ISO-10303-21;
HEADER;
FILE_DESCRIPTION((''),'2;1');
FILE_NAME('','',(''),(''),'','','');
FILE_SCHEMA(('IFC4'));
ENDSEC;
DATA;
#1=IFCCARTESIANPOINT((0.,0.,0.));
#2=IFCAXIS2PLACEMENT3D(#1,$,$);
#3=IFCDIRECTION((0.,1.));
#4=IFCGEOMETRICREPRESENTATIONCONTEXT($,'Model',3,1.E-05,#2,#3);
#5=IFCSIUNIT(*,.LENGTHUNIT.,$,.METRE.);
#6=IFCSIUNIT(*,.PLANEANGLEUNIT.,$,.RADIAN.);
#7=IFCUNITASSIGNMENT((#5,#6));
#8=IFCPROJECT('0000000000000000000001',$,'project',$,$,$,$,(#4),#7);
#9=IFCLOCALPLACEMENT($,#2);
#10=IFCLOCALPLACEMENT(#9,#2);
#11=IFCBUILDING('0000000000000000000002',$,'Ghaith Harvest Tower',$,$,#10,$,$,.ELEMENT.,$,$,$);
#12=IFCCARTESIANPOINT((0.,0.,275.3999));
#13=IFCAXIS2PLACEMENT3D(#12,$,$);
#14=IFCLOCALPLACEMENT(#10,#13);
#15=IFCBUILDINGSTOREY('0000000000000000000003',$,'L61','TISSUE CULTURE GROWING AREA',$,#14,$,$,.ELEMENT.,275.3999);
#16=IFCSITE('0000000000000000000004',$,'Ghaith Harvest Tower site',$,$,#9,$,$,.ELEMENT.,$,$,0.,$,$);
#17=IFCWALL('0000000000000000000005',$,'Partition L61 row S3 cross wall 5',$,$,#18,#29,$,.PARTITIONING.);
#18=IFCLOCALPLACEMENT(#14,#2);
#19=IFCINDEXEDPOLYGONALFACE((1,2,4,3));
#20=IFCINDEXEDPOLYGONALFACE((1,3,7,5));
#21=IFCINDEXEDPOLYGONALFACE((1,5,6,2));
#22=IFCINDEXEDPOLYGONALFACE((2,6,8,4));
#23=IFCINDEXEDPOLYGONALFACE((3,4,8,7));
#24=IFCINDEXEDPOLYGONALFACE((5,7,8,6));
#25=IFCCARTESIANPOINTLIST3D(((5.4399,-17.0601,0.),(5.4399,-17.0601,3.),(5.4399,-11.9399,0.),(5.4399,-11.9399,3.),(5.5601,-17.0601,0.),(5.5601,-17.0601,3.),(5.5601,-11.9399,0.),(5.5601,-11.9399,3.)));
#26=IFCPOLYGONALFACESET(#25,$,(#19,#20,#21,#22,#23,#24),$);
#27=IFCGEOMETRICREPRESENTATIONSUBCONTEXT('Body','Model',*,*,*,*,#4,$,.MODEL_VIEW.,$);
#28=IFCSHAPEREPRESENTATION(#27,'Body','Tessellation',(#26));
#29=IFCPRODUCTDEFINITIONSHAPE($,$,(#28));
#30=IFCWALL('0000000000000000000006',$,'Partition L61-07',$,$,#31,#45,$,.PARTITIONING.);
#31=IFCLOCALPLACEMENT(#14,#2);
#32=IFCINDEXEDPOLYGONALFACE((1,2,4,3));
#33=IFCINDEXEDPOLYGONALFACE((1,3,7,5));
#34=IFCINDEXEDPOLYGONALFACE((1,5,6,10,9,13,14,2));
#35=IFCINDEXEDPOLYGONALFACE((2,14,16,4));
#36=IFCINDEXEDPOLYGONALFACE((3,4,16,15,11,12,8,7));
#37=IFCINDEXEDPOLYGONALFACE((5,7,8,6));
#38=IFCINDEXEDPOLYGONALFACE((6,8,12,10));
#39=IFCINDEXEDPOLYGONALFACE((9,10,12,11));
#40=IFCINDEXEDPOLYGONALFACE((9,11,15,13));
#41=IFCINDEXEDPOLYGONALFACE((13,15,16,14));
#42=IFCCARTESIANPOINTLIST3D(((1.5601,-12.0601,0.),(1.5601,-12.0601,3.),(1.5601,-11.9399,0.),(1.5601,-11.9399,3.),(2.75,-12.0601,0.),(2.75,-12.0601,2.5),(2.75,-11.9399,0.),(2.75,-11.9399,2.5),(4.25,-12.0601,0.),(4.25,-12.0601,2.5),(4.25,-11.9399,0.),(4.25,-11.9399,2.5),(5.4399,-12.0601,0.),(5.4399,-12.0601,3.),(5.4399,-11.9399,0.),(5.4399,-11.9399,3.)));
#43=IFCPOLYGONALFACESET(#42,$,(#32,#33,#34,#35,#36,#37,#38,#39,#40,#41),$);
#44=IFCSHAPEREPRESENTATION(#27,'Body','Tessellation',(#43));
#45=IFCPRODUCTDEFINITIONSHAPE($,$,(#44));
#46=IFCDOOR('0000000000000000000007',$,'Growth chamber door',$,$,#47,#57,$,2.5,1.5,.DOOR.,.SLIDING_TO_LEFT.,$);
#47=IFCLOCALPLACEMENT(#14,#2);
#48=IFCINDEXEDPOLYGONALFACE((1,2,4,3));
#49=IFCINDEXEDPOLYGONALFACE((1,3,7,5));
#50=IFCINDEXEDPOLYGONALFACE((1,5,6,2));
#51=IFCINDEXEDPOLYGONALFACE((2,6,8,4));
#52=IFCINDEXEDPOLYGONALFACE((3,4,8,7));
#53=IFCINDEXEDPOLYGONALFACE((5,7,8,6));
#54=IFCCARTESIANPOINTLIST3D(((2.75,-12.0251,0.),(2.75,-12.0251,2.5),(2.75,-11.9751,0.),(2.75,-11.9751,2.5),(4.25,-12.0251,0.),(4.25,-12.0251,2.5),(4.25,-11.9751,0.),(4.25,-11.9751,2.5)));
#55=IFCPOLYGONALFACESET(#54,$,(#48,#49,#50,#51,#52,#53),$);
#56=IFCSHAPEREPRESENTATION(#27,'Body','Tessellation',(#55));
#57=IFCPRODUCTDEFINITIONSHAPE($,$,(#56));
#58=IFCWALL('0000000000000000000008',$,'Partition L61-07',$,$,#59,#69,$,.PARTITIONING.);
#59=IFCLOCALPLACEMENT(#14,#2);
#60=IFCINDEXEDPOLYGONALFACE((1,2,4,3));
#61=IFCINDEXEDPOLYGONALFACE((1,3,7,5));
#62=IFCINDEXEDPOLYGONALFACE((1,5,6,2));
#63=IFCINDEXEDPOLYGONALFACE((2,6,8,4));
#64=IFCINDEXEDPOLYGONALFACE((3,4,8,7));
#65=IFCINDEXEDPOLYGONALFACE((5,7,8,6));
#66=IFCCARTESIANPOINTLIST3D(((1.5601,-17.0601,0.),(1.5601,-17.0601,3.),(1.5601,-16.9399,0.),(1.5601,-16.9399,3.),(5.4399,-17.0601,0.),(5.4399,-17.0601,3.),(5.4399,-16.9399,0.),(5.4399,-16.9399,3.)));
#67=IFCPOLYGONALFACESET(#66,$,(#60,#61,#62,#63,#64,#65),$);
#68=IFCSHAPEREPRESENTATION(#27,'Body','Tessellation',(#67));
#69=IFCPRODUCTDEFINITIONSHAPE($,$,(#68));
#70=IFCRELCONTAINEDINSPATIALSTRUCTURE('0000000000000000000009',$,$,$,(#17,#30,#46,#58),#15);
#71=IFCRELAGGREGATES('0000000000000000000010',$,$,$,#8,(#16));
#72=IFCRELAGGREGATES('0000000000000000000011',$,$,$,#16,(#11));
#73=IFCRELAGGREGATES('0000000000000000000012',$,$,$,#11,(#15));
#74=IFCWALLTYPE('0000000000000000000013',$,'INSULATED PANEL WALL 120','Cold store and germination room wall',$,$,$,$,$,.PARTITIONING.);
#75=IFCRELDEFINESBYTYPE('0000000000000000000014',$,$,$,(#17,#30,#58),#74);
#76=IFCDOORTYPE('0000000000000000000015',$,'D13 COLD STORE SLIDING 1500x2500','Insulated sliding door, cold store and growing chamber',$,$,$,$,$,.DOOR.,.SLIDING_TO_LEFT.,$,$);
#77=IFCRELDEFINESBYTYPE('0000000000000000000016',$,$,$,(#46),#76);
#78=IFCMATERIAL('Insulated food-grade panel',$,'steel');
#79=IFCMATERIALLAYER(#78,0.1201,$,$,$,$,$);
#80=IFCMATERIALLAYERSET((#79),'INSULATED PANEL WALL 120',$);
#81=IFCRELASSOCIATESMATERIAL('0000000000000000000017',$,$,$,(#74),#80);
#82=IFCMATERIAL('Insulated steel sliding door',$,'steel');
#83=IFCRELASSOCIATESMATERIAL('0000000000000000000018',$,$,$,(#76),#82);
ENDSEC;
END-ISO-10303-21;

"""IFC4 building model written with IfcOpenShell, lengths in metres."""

from ifc_helpers import new_model, si_unit, direction, frame, frame_2d, origin, place, context, subcontext, project, spatial, rectangle, extrude, material, layer, layer_set, type_object, element, fill, save


model = new_model("IFC4")

# Units and contexts
model_context = context("Model", 3, precision=1e-05, world=origin(), true_north=direction((0.0, 1.0)))
body_context = subcontext(model_context, "Body", "Model", "MODEL_VIEW")
ifc_project = project(units=[si_unit("LENGTHUNIT", "METRE"), si_unit("PLANEANGLEUNIT", "RADIAN")], contexts=[model_context])

# Site, building, storey
site_placement = place(None, origin())
site = spatial("IfcSite", under=ifc_project, at=site_placement, Name="Ghaith Harvest Tower site", CompositionType="ELEMENT", RefElevation=0.0)
building_placement = place(site_placement, origin())
building = spatial("IfcBuilding", under=site, at=building_placement, Name="Ghaith Harvest Tower", CompositionType="ELEMENT")
storey_placement = place(building_placement, frame((0.0, 0.0, 275.3999)))
storey = spatial("IfcBuildingStorey", under=building, at=storey_placement, Name="L61", Description="TISSUE CULTURE GROWING AREA", CompositionType="ELEMENT", Elevation=275.3999)

# Wall
ifc_material_1 = material(Name="Insulated food-grade panel", Category="steel")
ifc_layer_1 = layer(ifc_material_1, 0.1201)
ifc_layer_set_1 = layer_set([ifc_layer_1], Name="INSULATED PANEL WALL 120")
wall_type_1 = type_object("IfcWallType", Name="INSULATED PANEL WALL 120", Description="Cold store and germination room wall", PredefinedType="PARTITIONING", material=ifc_layer_set_1)
for number, where, z_axis, x_axis, name in (
    (1, (5.5, -11.9399, 0.0), (0.0, 0.0, 1.0), (0.0, -1.0, 0.0), "Partition L61 row S3 cross wall 5"),
):
    element("IfcWall", number, at=place(storey_placement, frame(where, z_axis=z_axis, x_axis=x_axis)), inside=storey, type_object=wall_type_1, Name=name, PredefinedType="PARTITIONING", context=body_context, shape_type="SweptSolid", body=[
        extrude(rectangle(XDim=5.1201, YDim=0.1201, at=frame_2d((2.5601, 0.0))), origin(), (0.0, 0.0, 1.0), 3.0),
    ])

# Wall, opening, door
wall_1_placement = place(storey_placement, frame((1.5601, -12.0, 0.0), z_axis=(0.0, 0.0, 1.0), x_axis=(1.0, 0.0, 0.0)))
wall_1 = element("IfcWall", 2, at=wall_1_placement, inside=storey, type_object=wall_type_1, Name="Partition L61-07", PredefinedType="PARTITIONING", context=body_context, shape_type="SweptSolid", body=[
    extrude(rectangle(XDim=3.8799, YDim=0.1201, at=frame_2d((1.9399, 0.0))), origin(), (0.0, 0.0, 1.0), 3.0),
])
opening_1_placement = place(wall_1_placement, frame((1.1899, 0.0, 0.0)))
opening_1 = element("IfcOpeningElement", 3, at=opening_1_placement, cuts=wall_1, PredefinedType="OPENING", context=body_context, shape_type="SweptSolid", body=[
    extrude(rectangle(XDim=1.5, YDim=2.5, at=frame_2d((0.75, 1.25))), frame((0.0, 0.0701, 0.0), z_axis=(0.0, -1.0, 0.0), x_axis=(1.0, 0.0, 0.0)), (0.0, 0.0, 1.0), 0.1401),
])
ifc_material_2 = material(Name="Insulated steel sliding door", Category="steel")
door_type_1 = type_object("IfcDoorType", Name="D13 COLD STORE SLIDING 1500x2500", Description="Insulated sliding door, cold store and growing chamber", OperationType="SLIDING_TO_LEFT", PredefinedType="DOOR", material=ifc_material_2)
door_1_placement = place(opening_1_placement, origin())
door_1 = element("IfcDoor", 4, at=door_1_placement, inside=storey, type_object=door_type_1, Name="Growth chamber door", OperationType="SLIDING_TO_LEFT", OverallHeight=2.5, OverallWidth=1.5, PredefinedType="DOOR", context=body_context, shape_type="SweptSolid", body=[
    extrude(rectangle(XDim=1.5, YDim=2.5, at=frame_2d((0.75, 1.25))), frame((0.0, 0.0249, 0.0), z_axis=(0.0, -1.0, 0.0), x_axis=(1.0, 0.0, 0.0)), (0.0, 0.0, 1.0), 0.05),
])
fill(opening_1, door_1)

# Wall
wall_2_placement = place(storey_placement, frame((1.5601, -17.0, 0.0), z_axis=(0.0, 0.0, 1.0), x_axis=(1.0, 0.0, 0.0)))
element("IfcWall", 5, at=wall_2_placement, inside=storey, type_object=wall_type_1, Name="Partition L61-07", PredefinedType="PARTITIONING", context=body_context, shape_type="SweptSolid", body=[
    extrude(rectangle(XDim=3.8799, YDim=0.1201, at=frame_2d((1.9399, 0.0))), origin(), (0.0, 0.0, 1.0), 3.0),
])

save(model, "model.ifc")
